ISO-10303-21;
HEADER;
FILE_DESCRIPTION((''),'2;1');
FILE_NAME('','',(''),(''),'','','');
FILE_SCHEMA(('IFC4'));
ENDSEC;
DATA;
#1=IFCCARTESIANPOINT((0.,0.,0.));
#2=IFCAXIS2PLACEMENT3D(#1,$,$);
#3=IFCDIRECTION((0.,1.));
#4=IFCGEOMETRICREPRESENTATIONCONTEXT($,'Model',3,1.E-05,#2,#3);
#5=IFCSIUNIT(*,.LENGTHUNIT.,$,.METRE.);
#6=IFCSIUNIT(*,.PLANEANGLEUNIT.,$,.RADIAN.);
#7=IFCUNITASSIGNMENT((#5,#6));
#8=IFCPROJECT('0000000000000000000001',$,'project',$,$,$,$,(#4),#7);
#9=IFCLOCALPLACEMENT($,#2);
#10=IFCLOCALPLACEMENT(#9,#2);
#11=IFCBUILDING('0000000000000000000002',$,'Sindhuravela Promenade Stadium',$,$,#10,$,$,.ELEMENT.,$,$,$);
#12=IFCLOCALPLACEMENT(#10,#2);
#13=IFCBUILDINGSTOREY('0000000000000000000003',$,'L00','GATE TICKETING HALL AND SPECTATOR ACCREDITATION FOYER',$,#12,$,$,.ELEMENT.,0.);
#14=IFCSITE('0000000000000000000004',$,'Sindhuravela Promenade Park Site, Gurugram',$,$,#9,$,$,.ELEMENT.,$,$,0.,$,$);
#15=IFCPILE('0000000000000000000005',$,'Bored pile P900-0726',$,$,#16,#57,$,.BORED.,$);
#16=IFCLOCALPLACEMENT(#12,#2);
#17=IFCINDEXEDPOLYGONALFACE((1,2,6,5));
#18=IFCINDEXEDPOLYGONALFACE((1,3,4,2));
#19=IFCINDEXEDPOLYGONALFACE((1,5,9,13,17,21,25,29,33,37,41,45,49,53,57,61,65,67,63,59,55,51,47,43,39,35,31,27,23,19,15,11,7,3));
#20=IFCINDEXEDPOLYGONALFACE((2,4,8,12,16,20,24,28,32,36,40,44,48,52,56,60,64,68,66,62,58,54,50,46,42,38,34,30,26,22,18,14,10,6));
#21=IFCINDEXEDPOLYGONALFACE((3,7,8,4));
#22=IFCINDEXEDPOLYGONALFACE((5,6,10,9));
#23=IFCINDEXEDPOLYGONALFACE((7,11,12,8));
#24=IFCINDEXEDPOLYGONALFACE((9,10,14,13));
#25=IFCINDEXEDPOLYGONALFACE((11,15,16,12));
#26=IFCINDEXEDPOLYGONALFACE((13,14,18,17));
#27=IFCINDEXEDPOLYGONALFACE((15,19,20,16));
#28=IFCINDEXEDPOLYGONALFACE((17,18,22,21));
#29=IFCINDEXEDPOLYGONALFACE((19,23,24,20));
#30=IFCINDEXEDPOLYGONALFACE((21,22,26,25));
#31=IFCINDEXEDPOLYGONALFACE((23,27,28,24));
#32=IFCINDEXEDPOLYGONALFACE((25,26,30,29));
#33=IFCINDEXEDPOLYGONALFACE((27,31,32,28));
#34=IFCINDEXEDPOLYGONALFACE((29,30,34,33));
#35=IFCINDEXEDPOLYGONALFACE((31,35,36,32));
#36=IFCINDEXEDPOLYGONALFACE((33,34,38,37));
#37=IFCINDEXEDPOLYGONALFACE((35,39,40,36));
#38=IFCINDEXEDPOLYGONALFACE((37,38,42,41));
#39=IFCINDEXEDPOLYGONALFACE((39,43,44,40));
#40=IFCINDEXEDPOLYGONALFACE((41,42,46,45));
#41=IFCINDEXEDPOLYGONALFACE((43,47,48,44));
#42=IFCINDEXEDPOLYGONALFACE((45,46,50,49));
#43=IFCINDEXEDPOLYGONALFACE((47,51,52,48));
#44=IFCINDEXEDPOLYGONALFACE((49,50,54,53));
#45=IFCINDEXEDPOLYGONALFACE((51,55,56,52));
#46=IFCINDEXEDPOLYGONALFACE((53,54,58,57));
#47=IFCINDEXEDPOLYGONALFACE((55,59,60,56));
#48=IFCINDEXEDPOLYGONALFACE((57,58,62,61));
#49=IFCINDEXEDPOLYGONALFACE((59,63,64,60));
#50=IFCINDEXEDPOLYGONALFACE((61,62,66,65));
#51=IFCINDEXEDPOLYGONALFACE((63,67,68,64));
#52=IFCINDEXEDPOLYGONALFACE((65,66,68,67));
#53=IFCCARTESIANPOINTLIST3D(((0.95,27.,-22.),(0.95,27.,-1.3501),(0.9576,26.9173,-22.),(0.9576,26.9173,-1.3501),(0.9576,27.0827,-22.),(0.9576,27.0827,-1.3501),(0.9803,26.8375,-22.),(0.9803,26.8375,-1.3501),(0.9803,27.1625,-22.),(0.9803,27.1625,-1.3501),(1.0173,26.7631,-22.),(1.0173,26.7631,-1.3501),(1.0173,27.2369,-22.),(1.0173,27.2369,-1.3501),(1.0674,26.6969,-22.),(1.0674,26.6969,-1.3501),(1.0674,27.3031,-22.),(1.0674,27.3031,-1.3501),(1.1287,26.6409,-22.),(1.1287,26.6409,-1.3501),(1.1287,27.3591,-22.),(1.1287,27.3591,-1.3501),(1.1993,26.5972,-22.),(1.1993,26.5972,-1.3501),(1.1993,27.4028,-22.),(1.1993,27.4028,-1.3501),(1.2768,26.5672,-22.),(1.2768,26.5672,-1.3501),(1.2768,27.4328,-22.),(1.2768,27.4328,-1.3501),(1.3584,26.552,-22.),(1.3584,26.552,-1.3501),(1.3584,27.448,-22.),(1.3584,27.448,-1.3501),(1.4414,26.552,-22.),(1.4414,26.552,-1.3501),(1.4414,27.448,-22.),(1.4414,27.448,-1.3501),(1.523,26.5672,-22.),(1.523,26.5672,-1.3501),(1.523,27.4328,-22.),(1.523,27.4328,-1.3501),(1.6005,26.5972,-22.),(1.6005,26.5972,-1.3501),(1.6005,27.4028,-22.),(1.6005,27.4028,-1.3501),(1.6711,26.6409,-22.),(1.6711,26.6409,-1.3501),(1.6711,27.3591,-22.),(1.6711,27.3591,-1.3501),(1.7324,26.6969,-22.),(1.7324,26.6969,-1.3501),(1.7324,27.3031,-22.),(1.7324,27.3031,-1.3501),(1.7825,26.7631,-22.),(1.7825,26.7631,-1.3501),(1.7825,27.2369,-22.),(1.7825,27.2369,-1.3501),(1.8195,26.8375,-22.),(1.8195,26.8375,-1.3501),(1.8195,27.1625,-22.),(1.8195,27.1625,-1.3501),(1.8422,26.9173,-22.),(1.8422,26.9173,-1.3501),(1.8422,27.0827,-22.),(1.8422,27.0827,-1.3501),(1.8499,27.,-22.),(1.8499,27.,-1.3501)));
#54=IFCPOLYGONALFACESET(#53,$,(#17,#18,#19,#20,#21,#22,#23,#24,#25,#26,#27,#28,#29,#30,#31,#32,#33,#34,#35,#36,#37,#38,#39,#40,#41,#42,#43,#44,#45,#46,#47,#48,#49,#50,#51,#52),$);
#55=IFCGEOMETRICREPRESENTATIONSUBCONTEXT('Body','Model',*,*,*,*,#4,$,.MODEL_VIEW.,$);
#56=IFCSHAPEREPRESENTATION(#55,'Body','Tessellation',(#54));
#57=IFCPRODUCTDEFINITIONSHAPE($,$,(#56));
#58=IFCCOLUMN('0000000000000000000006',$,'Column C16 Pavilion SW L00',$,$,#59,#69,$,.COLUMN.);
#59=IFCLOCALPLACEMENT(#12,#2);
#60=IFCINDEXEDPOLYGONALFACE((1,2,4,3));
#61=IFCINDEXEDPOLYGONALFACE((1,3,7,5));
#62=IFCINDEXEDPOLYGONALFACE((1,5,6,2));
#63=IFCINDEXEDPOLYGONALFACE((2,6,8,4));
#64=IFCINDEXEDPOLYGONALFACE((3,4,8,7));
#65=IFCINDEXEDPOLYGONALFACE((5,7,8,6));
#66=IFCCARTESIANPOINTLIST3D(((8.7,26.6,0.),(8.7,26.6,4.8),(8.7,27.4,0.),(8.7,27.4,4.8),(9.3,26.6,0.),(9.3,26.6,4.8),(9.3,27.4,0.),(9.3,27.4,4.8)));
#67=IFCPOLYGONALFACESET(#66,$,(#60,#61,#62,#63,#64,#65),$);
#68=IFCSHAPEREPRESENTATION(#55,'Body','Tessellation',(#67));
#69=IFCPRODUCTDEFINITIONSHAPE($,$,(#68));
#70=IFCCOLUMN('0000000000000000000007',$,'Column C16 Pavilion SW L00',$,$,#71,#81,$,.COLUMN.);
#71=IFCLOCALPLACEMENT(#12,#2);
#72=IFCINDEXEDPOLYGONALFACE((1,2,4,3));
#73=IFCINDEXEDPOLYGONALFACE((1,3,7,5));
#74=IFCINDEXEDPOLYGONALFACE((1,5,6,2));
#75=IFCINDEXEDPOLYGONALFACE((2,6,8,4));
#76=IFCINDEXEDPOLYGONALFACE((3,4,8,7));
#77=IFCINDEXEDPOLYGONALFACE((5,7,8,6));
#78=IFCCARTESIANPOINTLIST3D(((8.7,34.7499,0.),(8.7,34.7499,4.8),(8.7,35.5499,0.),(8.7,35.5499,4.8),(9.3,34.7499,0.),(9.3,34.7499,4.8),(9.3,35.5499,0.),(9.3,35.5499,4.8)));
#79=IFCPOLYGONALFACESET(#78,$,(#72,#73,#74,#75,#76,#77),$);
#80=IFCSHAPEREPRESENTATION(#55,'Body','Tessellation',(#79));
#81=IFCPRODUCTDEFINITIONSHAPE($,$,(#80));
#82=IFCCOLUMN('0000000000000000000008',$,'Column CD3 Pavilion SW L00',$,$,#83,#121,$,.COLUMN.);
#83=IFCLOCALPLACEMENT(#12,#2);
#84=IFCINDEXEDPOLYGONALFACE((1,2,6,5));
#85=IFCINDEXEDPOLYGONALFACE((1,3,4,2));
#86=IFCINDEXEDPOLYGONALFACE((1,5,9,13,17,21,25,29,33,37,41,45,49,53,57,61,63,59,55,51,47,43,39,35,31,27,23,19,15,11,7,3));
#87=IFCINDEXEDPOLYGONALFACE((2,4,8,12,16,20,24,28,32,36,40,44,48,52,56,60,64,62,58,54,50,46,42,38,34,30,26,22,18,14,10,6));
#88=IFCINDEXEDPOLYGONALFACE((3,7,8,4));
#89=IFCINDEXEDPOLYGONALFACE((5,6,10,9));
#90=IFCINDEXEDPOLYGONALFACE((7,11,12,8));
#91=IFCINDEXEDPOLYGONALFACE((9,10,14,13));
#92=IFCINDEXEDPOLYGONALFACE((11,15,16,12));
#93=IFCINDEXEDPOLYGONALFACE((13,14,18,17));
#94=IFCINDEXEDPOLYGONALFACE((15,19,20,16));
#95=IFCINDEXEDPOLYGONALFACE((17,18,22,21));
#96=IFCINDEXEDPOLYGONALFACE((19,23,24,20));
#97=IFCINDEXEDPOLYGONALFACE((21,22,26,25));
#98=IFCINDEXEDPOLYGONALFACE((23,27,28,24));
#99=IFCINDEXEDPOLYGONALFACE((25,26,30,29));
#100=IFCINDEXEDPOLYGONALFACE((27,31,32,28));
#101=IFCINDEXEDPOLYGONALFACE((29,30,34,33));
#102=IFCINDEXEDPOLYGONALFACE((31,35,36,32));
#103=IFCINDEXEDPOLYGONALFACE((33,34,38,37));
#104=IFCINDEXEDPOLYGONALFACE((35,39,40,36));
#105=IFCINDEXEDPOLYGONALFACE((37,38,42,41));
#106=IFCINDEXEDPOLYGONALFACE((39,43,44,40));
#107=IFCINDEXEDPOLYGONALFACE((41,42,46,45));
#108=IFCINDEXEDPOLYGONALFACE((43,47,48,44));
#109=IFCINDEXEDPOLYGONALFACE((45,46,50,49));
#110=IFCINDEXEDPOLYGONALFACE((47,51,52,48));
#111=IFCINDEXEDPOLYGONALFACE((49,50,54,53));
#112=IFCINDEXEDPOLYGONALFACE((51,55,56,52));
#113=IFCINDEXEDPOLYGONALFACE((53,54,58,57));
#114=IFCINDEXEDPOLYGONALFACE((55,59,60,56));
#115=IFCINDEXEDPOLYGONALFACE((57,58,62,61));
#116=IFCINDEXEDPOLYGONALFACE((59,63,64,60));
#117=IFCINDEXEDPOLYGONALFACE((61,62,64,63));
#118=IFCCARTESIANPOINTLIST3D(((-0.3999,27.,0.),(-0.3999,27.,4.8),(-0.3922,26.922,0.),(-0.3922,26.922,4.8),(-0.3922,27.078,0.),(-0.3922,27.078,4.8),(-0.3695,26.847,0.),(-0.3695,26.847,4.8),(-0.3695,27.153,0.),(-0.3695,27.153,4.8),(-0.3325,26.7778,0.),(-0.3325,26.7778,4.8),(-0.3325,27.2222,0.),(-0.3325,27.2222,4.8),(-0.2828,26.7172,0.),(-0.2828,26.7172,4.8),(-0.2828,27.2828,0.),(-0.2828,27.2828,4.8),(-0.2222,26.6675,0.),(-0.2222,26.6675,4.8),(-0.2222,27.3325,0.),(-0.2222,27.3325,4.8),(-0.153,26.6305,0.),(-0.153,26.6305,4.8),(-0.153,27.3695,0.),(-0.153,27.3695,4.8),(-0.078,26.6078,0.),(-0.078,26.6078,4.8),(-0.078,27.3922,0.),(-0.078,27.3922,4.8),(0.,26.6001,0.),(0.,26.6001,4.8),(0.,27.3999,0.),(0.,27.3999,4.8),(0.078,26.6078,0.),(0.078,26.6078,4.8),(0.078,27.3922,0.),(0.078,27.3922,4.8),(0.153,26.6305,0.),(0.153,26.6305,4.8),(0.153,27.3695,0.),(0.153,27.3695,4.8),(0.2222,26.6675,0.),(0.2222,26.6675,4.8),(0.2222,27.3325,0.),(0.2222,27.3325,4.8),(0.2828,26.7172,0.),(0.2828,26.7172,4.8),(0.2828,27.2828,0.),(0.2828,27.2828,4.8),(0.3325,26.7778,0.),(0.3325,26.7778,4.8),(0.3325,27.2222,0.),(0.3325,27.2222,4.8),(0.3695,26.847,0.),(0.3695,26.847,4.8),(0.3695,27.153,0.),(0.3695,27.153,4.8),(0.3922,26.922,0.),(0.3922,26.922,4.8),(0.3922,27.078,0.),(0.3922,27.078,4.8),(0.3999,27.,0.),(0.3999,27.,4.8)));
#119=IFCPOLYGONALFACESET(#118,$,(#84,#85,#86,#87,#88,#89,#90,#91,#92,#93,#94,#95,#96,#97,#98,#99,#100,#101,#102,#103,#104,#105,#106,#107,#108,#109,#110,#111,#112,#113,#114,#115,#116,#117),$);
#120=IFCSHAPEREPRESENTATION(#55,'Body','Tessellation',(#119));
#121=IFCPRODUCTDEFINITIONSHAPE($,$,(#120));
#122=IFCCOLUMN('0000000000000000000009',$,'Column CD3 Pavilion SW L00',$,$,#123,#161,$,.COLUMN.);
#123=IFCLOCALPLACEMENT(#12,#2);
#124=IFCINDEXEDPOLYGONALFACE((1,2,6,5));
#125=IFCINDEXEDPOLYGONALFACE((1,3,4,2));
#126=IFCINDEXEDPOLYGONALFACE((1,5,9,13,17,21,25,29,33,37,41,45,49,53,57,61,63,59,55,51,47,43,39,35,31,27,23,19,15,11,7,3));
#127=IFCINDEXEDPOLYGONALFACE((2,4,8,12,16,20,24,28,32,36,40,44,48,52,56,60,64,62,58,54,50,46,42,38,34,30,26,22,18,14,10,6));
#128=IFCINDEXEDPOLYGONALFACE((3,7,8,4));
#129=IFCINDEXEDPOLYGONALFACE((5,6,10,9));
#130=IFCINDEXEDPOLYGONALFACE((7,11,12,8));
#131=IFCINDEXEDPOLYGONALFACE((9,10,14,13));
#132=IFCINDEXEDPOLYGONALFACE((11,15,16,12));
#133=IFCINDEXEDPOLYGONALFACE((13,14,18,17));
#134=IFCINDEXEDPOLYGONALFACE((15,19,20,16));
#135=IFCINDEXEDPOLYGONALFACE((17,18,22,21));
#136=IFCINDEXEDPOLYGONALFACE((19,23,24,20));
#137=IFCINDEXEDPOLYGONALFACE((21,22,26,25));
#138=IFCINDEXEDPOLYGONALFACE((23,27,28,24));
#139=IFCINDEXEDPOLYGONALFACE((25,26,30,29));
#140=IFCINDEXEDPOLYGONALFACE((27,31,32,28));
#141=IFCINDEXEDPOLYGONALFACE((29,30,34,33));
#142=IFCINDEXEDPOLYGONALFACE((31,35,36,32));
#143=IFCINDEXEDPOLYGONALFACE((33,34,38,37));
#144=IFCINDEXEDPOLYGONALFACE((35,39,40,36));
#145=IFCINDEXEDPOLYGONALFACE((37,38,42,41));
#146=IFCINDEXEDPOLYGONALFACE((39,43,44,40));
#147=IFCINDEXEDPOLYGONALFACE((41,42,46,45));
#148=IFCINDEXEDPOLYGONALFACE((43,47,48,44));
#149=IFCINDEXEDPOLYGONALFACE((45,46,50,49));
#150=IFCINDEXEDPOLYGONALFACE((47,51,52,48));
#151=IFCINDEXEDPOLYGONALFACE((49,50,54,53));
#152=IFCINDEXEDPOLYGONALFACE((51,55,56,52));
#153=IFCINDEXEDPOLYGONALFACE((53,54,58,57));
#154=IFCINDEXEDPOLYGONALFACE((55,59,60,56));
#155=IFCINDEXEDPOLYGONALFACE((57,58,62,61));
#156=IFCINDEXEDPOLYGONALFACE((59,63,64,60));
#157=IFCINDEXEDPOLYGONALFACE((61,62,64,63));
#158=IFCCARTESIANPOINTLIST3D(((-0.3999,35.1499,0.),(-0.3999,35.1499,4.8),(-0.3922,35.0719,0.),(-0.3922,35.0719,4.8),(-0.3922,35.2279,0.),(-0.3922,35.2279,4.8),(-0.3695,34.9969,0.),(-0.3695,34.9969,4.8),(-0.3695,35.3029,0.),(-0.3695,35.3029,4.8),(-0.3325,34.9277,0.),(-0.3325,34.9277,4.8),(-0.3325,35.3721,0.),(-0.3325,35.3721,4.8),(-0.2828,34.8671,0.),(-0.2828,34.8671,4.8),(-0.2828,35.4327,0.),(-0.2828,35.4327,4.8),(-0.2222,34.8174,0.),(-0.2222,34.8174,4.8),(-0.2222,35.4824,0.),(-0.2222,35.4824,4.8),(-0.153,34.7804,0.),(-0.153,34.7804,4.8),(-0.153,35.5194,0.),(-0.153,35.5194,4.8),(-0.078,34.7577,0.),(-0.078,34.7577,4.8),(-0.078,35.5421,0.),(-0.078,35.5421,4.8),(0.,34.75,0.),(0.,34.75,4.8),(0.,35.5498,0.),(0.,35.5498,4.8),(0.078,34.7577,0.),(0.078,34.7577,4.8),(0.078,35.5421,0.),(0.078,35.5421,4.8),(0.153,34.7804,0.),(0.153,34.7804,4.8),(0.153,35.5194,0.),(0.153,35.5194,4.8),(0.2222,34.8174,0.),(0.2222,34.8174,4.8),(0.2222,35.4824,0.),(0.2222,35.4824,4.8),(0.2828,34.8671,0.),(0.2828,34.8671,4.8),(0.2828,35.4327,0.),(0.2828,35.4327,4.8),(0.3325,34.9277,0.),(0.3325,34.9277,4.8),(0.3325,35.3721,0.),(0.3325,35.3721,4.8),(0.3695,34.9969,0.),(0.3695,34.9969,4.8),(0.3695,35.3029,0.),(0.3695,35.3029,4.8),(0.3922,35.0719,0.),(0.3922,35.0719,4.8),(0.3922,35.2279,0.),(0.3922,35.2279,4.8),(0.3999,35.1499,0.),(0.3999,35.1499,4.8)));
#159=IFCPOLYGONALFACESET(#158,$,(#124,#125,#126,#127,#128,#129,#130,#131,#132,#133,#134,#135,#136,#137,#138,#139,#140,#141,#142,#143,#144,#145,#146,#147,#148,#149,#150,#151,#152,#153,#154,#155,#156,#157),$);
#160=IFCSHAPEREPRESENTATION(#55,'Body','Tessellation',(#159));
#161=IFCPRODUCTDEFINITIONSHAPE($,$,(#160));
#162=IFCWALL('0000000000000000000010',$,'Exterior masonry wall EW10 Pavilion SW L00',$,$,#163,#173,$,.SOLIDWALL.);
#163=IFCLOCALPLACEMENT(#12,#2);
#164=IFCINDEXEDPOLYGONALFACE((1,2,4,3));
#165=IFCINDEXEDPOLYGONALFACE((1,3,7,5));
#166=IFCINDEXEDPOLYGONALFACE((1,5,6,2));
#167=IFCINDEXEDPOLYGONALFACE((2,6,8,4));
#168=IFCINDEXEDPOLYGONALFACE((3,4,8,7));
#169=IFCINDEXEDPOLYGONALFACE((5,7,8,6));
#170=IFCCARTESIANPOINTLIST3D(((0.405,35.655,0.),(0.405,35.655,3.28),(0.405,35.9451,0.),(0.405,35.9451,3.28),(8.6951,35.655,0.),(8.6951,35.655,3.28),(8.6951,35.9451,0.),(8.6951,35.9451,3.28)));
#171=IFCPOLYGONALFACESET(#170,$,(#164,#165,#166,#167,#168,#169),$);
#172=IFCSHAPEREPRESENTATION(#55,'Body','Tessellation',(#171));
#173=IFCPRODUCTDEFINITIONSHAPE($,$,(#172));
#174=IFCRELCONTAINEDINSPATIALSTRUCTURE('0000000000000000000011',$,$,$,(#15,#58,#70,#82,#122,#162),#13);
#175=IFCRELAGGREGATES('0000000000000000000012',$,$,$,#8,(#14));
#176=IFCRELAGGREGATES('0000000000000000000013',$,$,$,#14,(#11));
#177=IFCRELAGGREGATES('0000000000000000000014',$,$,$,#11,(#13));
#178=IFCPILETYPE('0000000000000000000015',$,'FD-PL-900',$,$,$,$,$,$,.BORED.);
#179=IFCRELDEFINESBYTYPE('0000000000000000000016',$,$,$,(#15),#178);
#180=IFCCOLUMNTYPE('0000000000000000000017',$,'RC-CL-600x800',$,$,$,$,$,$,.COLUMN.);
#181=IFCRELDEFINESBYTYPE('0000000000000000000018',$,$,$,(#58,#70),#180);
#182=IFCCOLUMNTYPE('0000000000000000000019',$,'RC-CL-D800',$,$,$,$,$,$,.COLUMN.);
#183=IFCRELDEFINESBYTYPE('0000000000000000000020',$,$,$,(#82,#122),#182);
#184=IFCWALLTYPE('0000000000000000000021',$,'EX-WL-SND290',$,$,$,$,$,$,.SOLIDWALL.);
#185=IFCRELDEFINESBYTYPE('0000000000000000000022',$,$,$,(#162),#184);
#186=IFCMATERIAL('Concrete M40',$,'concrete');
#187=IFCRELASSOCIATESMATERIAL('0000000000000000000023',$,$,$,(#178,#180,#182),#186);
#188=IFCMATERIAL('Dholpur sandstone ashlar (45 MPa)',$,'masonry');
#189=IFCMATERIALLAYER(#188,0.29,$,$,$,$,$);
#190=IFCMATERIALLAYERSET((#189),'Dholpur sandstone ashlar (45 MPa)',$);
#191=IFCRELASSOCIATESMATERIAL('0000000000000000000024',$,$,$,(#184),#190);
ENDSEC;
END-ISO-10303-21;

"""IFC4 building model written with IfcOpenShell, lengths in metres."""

from ifc_helpers import new_model, si_unit, direction, frame, frame_2d, origin, origin_2d, place, context, subcontext, project, spatial, rectangle, circle, extrude, material, layer, layer_set, material_profile, profile_set, type_object, element, save


model = new_model("IFC4")

# Units and contexts
model_context = context("Model", 3, precision=1e-05, world=origin(), true_north=direction((0.0, 1.0)))
body_context = subcontext(model_context, "Body", "Model", "MODEL_VIEW")
ifc_project = project(units=[si_unit("LENGTHUNIT", "METRE"), si_unit("PLANEANGLEUNIT", "RADIAN")], contexts=[model_context])

# Site, building, storey
site_placement = place(None, origin())
site = spatial("IfcSite", under=ifc_project, at=site_placement, Name="Sindhuravela Promenade Park Site, Gurugram", CompositionType="ELEMENT", RefElevation=0.0)
building_placement = place(site_placement, origin())
building = spatial("IfcBuilding", under=site, at=building_placement, Name="Sindhuravela Promenade Stadium", CompositionType="ELEMENT")
storey_placement = place(building_placement, origin())
storey = spatial("IfcBuildingStorey", under=building, at=storey_placement, Name="L00", Description="GATE TICKETING HALL AND SPECTATOR ACCREDITATION FOYER", CompositionType="ELEMENT", Elevation=0.0)

# Pile
ifc_material_1 = material(Name="Concrete M40", Category="concrete")
ifc_material_profile_1 = material_profile(ifc_material_1, circle(Radius=0.45, at=origin_2d()), Name="BORED PILE D900")
ifc_profile_set_1 = profile_set([ifc_material_profile_1], Name="Concrete M40")
pile_type_1 = type_object("IfcPileType", Name="FD-PL-900", PredefinedType="BORED", material=ifc_profile_set_1)
for number, where, z_axis, x_axis, name in (
    (1, (1.3999, 27.0, -1.3501), (0.0, 0.0, -1.0), (1.0, 0.0, 0.0), "Bored pile P900-0726"),
):
    element("IfcPile", number, at=place(storey_placement, frame(where, z_axis=z_axis, x_axis=x_axis)), inside=storey, type_object=pile_type_1, Name=name, PredefinedType="BORED", context=body_context, shape_type="SweptSolid", body=[
        extrude(circle(Radius=0.45, at=origin_2d()), origin(), (0.0, 0.0, 1.0), 20.6499),
    ])

# Columns
ifc_material_profile_2 = material_profile(ifc_material_1, rectangle(XDim=0.6001, YDim=0.8, at=origin_2d()), Name="RC 600x800")
ifc_profile_set_2 = profile_set([ifc_material_profile_2], Name="Concrete M40")
column_type_1 = type_object("IfcColumnType", Name="RC-CL-600x800", PredefinedType="COLUMN", material=ifc_profile_set_2)
for number, where, z_axis, x_axis, name in (
    (2, (9.0, 27.0, 0.0), (0.0, 0.0, 1.0), (1.0, 0.0, 0.0), "Column C16 Pavilion SW L00"),
    (3, (9.0, 35.1499, 0.0), (0.0, 0.0, 1.0), (1.0, 0.0, 0.0), "Column C16 Pavilion SW L00"),
):
    element("IfcColumn", number, at=place(storey_placement, frame(where, z_axis=z_axis, x_axis=x_axis)), inside=storey, type_object=column_type_1, Name=name, PredefinedType="COLUMN", context=body_context, shape_type="SweptSolid", body=[
        extrude(rectangle(XDim=0.6001, YDim=0.8, at=origin_2d()), origin(), (0.0, 0.0, 1.0), 4.8),
    ])
ifc_material_profile_3 = material_profile(ifc_material_1, circle(Radius=0.3999, at=origin_2d()), Name="RC D800")
ifc_profile_set_3 = profile_set([ifc_material_profile_3], Name="Concrete M40")
column_type_2 = type_object("IfcColumnType", Name="RC-CL-D800", PredefinedType="COLUMN", material=ifc_profile_set_3)
for number, where, z_axis, x_axis, name in (
    (4, (0.0, 27.0, 0.0), (0.0, 0.0, 1.0), (1.0, 0.0, 0.0), "Column CD3 Pavilion SW L00"),
    (5, (0.0, 35.1499, 0.0), (0.0, 0.0, 1.0), (1.0, 0.0, 0.0), "Column CD3 Pavilion SW L00"),
):
    element("IfcColumn", number, at=place(storey_placement, frame(where, z_axis=z_axis, x_axis=x_axis)), inside=storey, type_object=column_type_2, Name=name, PredefinedType="COLUMN", context=body_context, shape_type="SweptSolid", body=[
        extrude(circle(Radius=0.3999, at=origin_2d()), origin(), (0.0, 0.0, 1.0), 4.8),
    ])

# Wall
ifc_material_2 = material(Name="Dholpur sandstone ashlar (45 MPa)", Category="masonry")
ifc_layer_1 = layer(ifc_material_2, 0.29)
ifc_layer_set_1 = layer_set([ifc_layer_1], Name="Dholpur sandstone ashlar (45 MPa)")
wall_type_1 = type_object("IfcWallType", Name="EX-WL-SND290", PredefinedType="SOLIDWALL", material=ifc_layer_set_1)
wall_1_placement = place(storey_placement, frame((0.405, 35.8, 0.0), z_axis=(0.0, 0.0, 1.0), x_axis=(1.0, 0.0, 0.0)))
element("IfcWall", 6, at=wall_1_placement, inside=storey, type_object=wall_type_1, Name="Exterior masonry wall EW10 Pavilion SW L00", PredefinedType="SOLIDWALL", context=body_context, shape_type="SweptSolid", body=[
    extrude(rectangle(XDim=8.29, YDim=0.29, at=frame_2d((4.145, 0.0))), origin(), (0.0, 0.0, 1.0), 3.28),
])

save(model, "model.ifc")
